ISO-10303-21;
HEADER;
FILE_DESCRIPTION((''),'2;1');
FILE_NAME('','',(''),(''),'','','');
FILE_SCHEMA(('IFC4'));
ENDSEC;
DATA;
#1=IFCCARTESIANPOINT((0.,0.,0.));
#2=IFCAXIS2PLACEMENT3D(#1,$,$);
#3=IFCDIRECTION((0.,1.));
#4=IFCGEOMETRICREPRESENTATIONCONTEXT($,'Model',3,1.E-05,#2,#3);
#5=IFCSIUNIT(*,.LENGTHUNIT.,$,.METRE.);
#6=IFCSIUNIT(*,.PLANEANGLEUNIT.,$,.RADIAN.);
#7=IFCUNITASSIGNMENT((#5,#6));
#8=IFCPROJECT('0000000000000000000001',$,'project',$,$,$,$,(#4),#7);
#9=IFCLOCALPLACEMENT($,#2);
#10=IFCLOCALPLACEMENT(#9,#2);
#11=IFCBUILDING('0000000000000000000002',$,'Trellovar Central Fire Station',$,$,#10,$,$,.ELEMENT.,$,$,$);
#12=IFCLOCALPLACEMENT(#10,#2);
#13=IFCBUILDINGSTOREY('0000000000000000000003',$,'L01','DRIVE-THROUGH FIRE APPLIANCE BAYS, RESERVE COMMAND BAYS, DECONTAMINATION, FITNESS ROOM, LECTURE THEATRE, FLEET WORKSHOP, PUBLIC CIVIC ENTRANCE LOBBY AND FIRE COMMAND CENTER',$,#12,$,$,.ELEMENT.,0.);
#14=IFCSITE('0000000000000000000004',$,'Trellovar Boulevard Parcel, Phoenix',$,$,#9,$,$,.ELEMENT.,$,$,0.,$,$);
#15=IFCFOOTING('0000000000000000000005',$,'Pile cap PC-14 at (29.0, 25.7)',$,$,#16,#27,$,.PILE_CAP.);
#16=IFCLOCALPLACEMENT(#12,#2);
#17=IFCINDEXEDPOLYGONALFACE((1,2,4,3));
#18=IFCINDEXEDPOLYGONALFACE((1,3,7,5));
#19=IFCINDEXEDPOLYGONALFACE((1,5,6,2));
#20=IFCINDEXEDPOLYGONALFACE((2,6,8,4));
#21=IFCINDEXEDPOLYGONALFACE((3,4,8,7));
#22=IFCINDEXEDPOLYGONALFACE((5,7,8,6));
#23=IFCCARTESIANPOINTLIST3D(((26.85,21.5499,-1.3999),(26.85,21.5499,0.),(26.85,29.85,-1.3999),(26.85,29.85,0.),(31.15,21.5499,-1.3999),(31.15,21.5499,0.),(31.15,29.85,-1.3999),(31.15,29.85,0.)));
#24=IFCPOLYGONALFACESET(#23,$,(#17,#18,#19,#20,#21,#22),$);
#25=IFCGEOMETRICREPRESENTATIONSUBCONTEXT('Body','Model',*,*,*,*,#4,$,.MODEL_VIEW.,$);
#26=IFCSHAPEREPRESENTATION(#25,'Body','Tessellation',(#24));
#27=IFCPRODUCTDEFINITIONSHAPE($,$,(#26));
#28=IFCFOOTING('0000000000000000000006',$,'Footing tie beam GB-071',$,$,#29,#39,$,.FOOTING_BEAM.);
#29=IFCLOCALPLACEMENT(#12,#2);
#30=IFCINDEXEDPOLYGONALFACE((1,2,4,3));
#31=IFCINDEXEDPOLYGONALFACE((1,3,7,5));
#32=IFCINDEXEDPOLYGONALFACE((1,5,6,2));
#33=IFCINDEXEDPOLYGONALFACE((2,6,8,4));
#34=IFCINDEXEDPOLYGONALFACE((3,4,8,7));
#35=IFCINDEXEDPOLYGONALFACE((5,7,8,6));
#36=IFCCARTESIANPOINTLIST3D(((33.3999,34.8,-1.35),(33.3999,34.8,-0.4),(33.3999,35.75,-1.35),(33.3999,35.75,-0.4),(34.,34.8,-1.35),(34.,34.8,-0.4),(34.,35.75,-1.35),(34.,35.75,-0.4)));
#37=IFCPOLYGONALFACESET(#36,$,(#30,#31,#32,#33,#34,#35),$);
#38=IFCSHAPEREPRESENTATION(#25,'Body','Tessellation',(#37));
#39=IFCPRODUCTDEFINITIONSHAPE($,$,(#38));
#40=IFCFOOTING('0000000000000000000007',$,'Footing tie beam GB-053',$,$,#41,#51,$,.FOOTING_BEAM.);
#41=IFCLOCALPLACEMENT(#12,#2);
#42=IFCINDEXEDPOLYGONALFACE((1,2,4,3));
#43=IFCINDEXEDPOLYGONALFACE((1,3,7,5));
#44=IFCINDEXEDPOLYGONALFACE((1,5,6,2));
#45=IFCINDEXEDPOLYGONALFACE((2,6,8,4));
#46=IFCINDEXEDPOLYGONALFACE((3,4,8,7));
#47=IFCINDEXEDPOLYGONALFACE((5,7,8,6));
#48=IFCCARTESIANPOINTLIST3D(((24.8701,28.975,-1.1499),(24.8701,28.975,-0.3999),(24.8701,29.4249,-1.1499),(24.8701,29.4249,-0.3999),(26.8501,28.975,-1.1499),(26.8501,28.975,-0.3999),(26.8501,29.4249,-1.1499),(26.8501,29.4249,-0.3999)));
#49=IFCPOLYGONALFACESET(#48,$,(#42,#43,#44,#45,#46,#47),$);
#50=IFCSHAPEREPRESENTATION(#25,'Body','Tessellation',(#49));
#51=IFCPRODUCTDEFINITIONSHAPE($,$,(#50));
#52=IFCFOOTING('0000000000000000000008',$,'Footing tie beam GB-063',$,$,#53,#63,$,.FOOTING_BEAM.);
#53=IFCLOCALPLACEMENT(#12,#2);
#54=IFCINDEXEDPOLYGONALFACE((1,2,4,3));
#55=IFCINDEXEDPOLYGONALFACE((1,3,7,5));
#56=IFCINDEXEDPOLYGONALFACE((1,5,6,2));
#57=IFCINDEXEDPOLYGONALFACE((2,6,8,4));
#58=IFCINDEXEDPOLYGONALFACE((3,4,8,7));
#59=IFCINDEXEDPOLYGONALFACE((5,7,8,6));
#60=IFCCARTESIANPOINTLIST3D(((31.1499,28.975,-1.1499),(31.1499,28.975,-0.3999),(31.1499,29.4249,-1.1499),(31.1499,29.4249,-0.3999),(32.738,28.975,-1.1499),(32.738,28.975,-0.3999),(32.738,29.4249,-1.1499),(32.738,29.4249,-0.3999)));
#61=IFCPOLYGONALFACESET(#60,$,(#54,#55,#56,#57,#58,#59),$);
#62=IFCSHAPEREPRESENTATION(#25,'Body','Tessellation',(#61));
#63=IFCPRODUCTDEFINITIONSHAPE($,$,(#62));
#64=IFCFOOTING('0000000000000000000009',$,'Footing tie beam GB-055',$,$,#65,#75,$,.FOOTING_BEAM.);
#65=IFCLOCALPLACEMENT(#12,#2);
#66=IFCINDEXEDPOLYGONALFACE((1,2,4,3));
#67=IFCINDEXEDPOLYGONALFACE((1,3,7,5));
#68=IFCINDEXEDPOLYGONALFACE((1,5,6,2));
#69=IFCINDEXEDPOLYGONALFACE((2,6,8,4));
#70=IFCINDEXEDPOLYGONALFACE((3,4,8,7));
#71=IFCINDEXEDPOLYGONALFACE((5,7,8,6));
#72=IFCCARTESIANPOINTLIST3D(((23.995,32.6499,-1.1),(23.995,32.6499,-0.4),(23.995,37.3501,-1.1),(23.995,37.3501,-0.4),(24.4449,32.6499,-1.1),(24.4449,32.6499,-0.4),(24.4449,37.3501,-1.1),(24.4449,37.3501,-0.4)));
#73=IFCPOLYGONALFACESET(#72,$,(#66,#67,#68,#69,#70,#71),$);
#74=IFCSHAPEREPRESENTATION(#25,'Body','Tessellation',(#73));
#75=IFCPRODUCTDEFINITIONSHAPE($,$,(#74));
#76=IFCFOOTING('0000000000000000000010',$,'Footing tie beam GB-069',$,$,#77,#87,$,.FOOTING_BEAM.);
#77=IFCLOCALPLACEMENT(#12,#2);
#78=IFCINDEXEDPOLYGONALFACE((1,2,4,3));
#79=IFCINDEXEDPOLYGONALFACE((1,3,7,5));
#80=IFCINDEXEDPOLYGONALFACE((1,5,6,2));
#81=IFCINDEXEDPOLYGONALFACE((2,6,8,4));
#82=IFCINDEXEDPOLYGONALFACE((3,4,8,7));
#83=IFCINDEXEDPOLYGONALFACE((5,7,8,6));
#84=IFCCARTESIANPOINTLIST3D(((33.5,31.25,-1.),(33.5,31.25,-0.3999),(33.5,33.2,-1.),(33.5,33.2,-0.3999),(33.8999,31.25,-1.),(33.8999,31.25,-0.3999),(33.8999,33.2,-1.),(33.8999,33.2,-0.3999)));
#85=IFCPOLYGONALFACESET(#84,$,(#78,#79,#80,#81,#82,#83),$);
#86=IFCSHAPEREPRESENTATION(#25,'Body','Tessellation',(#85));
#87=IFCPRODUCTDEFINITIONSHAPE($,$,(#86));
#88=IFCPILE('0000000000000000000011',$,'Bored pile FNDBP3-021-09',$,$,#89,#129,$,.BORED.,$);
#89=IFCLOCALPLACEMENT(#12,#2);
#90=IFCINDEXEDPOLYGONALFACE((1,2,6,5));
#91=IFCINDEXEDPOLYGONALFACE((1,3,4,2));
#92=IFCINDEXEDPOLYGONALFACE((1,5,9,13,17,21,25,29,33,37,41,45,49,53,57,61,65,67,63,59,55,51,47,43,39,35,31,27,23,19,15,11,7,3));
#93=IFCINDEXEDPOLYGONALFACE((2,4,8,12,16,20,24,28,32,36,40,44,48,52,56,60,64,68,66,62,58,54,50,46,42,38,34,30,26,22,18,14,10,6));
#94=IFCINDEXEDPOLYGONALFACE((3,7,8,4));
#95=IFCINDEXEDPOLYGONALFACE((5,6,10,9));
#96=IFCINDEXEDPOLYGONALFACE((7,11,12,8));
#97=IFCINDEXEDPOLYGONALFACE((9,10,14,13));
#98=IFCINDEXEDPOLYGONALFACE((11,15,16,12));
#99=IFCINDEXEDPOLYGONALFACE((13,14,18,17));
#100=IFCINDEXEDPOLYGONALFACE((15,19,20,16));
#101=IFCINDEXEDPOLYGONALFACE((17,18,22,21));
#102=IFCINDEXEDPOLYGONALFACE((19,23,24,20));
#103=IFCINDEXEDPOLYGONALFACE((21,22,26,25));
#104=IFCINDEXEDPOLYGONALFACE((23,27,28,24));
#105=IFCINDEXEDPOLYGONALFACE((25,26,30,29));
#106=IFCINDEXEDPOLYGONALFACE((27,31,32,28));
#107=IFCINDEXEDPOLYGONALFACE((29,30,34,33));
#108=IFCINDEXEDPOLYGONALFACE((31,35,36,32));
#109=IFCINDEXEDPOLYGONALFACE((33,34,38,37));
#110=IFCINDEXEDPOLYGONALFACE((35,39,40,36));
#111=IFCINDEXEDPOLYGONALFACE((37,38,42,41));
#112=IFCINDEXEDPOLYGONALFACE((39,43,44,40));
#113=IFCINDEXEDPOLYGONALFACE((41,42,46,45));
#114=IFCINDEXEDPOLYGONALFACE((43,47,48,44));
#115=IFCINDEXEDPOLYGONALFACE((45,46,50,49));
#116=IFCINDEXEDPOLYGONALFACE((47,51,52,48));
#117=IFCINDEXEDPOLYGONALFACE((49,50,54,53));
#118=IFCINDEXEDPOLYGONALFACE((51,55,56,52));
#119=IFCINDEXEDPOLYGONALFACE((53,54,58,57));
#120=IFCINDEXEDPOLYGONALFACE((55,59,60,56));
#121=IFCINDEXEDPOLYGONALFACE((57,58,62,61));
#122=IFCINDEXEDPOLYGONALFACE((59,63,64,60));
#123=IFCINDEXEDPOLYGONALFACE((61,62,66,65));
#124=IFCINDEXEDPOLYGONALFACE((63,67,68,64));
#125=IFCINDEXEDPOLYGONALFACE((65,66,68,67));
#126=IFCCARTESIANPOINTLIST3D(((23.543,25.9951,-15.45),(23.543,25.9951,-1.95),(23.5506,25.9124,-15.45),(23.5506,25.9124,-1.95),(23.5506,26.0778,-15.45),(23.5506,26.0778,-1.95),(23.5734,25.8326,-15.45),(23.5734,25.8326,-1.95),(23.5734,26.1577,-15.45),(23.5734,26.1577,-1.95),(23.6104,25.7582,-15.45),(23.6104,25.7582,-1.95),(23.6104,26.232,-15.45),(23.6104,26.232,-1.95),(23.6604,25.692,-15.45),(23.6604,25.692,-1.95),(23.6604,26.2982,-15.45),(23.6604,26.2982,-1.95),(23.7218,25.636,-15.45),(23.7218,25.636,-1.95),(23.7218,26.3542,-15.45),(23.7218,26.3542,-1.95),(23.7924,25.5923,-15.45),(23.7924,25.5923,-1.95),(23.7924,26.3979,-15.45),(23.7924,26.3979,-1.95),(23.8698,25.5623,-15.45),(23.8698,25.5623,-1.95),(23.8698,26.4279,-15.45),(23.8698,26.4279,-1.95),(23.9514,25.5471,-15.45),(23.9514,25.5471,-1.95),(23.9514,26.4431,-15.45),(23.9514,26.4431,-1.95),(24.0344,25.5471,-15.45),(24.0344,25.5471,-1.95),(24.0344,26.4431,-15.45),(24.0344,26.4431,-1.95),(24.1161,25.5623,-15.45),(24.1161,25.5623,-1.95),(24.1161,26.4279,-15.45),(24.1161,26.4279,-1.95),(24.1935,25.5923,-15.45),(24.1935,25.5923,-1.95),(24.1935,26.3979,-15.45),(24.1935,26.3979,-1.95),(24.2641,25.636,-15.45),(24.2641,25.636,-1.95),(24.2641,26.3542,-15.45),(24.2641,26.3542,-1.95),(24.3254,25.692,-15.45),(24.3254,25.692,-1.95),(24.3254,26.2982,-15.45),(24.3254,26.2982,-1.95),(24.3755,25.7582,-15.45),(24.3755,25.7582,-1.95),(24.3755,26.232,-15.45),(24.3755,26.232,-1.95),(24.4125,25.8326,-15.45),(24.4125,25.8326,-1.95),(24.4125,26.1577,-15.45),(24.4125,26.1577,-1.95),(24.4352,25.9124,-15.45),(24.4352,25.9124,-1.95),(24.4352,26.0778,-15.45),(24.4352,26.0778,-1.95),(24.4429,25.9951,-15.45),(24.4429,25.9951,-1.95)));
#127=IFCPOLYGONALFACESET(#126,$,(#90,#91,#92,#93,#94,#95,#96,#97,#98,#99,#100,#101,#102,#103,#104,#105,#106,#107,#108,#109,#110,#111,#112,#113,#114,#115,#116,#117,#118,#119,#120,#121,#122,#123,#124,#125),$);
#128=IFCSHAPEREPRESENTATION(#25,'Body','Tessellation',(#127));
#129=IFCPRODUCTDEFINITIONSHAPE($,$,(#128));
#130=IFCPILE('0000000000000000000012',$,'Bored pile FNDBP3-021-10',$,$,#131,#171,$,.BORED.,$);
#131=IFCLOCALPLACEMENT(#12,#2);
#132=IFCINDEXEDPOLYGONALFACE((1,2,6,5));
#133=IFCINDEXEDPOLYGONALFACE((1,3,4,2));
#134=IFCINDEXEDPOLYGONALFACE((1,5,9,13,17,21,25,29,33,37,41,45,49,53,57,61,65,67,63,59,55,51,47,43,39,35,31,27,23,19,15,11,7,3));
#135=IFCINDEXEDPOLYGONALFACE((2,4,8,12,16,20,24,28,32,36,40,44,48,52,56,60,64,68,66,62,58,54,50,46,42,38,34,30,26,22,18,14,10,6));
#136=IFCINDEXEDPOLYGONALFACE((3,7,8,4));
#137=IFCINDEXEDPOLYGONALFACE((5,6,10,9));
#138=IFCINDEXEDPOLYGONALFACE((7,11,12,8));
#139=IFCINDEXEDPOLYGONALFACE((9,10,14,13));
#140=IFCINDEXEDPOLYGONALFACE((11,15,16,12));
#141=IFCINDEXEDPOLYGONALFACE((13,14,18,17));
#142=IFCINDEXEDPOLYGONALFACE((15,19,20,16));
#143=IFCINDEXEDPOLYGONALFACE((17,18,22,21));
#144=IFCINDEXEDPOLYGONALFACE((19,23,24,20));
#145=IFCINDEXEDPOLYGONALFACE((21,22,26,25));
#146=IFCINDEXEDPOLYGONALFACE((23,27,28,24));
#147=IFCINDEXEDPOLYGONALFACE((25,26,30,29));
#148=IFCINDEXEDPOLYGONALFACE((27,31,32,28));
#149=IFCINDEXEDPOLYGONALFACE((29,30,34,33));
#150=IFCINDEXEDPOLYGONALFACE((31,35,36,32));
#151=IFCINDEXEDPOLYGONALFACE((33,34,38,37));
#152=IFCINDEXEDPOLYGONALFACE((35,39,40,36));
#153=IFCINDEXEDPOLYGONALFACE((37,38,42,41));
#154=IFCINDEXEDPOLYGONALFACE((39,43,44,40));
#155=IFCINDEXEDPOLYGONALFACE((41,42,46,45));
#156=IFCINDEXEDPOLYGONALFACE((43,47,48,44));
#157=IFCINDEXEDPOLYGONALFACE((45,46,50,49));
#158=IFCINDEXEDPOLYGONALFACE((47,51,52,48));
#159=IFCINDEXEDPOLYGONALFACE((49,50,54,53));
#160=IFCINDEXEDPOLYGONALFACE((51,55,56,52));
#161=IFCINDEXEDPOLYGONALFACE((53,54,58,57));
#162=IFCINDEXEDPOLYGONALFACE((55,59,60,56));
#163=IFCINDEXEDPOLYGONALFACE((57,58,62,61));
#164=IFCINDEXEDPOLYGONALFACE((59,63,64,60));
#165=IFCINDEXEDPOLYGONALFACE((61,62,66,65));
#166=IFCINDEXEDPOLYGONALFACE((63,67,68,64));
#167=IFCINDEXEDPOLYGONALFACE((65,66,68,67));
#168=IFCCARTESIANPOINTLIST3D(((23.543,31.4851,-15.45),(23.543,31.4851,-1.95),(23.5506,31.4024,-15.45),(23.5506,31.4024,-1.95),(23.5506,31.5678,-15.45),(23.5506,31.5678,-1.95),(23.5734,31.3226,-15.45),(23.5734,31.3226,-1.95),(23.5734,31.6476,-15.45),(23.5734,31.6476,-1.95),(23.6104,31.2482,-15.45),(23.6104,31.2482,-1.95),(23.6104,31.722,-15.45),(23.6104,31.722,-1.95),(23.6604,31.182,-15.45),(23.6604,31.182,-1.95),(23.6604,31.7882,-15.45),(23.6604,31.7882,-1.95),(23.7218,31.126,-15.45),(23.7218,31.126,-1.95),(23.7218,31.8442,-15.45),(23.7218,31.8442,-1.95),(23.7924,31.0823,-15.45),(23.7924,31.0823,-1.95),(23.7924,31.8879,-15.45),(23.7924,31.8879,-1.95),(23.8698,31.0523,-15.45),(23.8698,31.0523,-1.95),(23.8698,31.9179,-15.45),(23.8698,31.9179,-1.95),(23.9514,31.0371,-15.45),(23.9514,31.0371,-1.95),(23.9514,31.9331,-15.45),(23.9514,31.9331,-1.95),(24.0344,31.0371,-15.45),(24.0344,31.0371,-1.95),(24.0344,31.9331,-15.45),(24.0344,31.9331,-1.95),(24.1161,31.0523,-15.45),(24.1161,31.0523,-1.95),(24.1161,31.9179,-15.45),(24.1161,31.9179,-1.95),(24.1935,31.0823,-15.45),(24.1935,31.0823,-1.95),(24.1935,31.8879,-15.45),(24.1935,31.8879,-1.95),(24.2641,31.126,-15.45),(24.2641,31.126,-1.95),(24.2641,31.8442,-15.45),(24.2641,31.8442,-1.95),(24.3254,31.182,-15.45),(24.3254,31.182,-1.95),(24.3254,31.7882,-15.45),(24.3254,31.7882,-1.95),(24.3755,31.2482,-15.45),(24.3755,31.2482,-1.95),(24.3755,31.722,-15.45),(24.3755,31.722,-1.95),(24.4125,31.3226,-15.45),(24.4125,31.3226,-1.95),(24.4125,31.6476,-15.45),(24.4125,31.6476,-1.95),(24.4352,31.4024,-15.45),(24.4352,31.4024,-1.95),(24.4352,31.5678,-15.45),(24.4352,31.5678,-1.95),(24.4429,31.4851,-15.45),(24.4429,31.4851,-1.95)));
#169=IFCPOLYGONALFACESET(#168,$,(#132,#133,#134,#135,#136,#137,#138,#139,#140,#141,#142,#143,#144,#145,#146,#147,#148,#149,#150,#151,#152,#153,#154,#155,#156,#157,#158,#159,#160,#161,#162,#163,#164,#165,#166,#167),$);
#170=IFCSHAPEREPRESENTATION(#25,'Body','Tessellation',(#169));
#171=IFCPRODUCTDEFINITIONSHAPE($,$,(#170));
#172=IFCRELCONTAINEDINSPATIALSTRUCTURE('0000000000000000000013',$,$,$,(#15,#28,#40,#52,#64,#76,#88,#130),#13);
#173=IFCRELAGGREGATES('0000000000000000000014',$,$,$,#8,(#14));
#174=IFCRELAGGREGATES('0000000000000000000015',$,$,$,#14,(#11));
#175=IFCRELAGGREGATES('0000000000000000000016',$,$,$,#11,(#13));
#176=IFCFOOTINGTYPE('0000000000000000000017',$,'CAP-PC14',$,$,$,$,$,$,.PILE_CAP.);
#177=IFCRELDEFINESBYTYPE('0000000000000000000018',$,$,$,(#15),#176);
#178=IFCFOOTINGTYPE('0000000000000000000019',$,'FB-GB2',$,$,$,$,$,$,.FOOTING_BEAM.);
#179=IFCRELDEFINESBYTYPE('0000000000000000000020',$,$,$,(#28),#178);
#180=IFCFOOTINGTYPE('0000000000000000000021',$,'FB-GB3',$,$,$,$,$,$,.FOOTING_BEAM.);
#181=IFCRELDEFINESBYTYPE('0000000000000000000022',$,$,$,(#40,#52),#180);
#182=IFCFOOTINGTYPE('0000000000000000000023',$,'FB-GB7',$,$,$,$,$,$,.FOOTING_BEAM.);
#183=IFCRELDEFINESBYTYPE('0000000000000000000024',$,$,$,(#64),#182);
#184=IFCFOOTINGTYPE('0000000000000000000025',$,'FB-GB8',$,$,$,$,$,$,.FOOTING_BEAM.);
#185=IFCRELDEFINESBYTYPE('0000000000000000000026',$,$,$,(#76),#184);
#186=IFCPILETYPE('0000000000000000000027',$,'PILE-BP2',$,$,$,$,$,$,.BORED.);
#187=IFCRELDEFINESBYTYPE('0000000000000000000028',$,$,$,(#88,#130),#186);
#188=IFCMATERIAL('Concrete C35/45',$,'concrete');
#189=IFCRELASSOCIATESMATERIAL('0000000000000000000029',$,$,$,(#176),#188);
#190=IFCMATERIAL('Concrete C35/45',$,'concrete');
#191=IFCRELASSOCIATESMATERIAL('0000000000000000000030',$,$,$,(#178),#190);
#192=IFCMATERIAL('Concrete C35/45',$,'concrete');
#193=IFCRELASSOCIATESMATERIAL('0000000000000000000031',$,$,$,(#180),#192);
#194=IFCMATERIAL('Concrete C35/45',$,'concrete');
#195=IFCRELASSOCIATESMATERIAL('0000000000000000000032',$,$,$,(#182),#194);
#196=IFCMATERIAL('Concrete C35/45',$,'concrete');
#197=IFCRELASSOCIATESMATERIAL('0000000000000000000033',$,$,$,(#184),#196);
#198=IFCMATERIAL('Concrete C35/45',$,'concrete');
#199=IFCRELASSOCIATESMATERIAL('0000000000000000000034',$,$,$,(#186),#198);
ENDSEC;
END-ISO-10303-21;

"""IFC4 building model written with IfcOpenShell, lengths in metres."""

from ifc_helpers import new_model, si_unit, direction, frame, origin, origin_2d, place, context, subcontext, project, spatial, rectangle, circle, extrude, material, material_profile, profile_set, type_object, element, save


model = new_model("IFC4")

# Units and contexts
model_context = context("Model", 3, precision=1e-05, world=origin(), true_north=direction((0.0, 1.0)))
body_context = subcontext(model_context, "Body", "Model", "MODEL_VIEW")
ifc_project = project(units=[si_unit("LENGTHUNIT", "METRE"), si_unit("PLANEANGLEUNIT", "RADIAN")], contexts=[model_context])

# Site, building, storey
site_placement = place(None, origin())
site = spatial("IfcSite", under=ifc_project, at=site_placement, Name="Trellovar Boulevard Parcel, Phoenix", CompositionType="ELEMENT", RefElevation=0.0)
building_placement = place(site_placement, origin())
building = spatial("IfcBuilding", under=site, at=building_placement, Name="Trellovar Central Fire Station", CompositionType="ELEMENT")
storey_placement = place(building_placement, origin())
storey = spatial("IfcBuildingStorey", under=building, at=storey_placement, Name="L01", Description="DRIVE-THROUGH FIRE APPLIANCE BAYS, RESERVE COMMAND BAYS, DECONTAMINATION, FITNESS ROOM, LECTURE THEATRE, FLEET WORKSHOP, PUBLIC CIVIC ENTRANCE LOBBY AND FIRE COMMAND CENTER", CompositionType="ELEMENT", Elevation=0.0)

# Footings
ifc_material_1 = material(Name="Concrete C35/45", Category="concrete")
footing_type_1 = type_object("IfcFootingType", Name="CAP-PC14", PredefinedType="PILE_CAP", material=ifc_material_1)
footing_1_placement = place(storey_placement, frame((29.0, 25.7, -1.3999), z_axis=(0.0, 0.0, 1.0), x_axis=(1.0, 0.0, 0.0)))
element("IfcFooting", 1, at=footing_1_placement, inside=storey, type_object=footing_type_1, Name="Pile cap PC-14 at (29.0, 25.7)", PredefinedType="PILE_CAP", context=body_context, shape_type="SweptSolid", body=[
    extrude(rectangle(XDim=4.3, YDim=8.3, at=origin_2d()), origin(), (0.0, 0.0, 1.0), 1.3999),
])
ifc_material_2 = material(Name="Concrete C35/45", Category="concrete")
ifc_material_profile_1 = material_profile(ifc_material_2, rectangle(XDim=0.6001, YDim=0.95, at=origin_2d()), Name="RC600X950")
ifc_profile_set_1 = profile_set([ifc_material_profile_1], Name="Concrete C35/45")
footing_type_2 = type_object("IfcFootingType", Name="FB-GB2", PredefinedType="FOOTING_BEAM", material=ifc_profile_set_1)
footing_2_placement = place(storey_placement, frame((33.7, 34.8, -0.875), z_axis=(0.0, 1.0, 0.0), x_axis=(-1.0, 0.0, 0.0)))
element("IfcFooting", 2, at=footing_2_placement, inside=storey, type_object=footing_type_2, Name="Footing tie beam GB-071", PredefinedType="FOOTING_BEAM", context=body_context, shape_type="SweptSolid", body=[
    extrude(rectangle(XDim=0.6001, YDim=0.95, at=origin_2d()), origin(), (0.0, 0.0, 1.0), 0.95),
])
ifc_material_3 = material(Name="Concrete C35/45", Category="concrete")
ifc_material_profile_2 = material_profile(ifc_material_3, rectangle(XDim=0.45, YDim=0.75, at=origin_2d()), Name="RC450X750")
ifc_profile_set_2 = profile_set([ifc_material_profile_2], Name="Concrete C35/45")
footing_type_3 = type_object("IfcFootingType", Name="FB-GB3", PredefinedType="FOOTING_BEAM", material=ifc_profile_set_2)
footing_3_placement = place(storey_placement, frame((24.8701, 29.2, -0.7749), z_axis=(1.0, 0.0, 0.0), x_axis=(0.0, 1.0, 0.0)))
element("IfcFooting", 3, at=footing_3_placement, inside=storey, type_object=footing_type_3, Name="Footing tie beam GB-053", PredefinedType="FOOTING_BEAM", context=body_context, shape_type="SweptSolid", body=[
    extrude(rectangle(XDim=0.45, YDim=0.75, at=origin_2d()), origin(), (0.0, 0.0, 1.0), 1.98),
])
footing_4_placement = place(storey_placement, frame((31.1499, 29.2, -0.7749), z_axis=(1.0, 0.0, 0.0), x_axis=(0.0, 1.0, 0.0)))
element("IfcFooting", 4, at=footing_4_placement, inside=storey, type_object=footing_type_3, Name="Footing tie beam GB-063", PredefinedType="FOOTING_BEAM", context=body_context, shape_type="SweptSolid", body=[
    extrude(rectangle(XDim=0.45, YDim=0.75, at=origin_2d()), origin(), (0.0, 0.0, 1.0), 1.5881),
])
ifc_material_4 = material(Name="Concrete C35/45", Category="concrete")
ifc_material_profile_3 = material_profile(ifc_material_4, rectangle(XDim=0.45, YDim=0.7, at=origin_2d()), Name="RC450X700")
ifc_profile_set_3 = profile_set([ifc_material_profile_3], Name="Concrete C35/45")
footing_type_4 = type_object("IfcFootingType", Name="FB-GB7", PredefinedType="FOOTING_BEAM", material=ifc_profile_set_3)
footing_5_placement = place(storey_placement, frame((24.22, 32.6499, -0.75), z_axis=(0.0, 1.0, 0.0), x_axis=(-1.0, 0.0, 0.0)))
element("IfcFooting", 5, at=footing_5_placement, inside=storey, type_object=footing_type_4, Name="Footing tie beam GB-055", PredefinedType="FOOTING_BEAM", context=body_context, shape_type="SweptSolid", body=[
    extrude(rectangle(XDim=0.45, YDim=0.7, at=origin_2d()), origin(), (0.0, 0.0, 1.0), 4.7002),
])
ifc_material_5 = material(Name="Concrete C35/45", Category="concrete")
ifc_material_profile_4 = material_profile(ifc_material_5, rectangle(XDim=0.3999, YDim=0.6001, at=origin_2d()), Name="RC400X600")
ifc_profile_set_4 = profile_set([ifc_material_profile_4], Name="Concrete C35/45")
footing_type_5 = type_object("IfcFootingType", Name="FB-GB8", PredefinedType="FOOTING_BEAM", material=ifc_profile_set_4)
footing_6_placement = place(storey_placement, frame((33.7, 31.25, -0.7), z_axis=(0.0, 1.0, 0.0), x_axis=(-1.0, 0.0, 0.0)))
element("IfcFooting", 6, at=footing_6_placement, inside=storey, type_object=footing_type_5, Name="Footing tie beam GB-069", PredefinedType="FOOTING_BEAM", context=body_context, shape_type="SweptSolid", body=[
    extrude(rectangle(XDim=0.3999, YDim=0.6001, at=origin_2d()), origin(), (0.0, 0.0, 1.0), 1.95),
])

# Piles
ifc_material_6 = material(Name="Concrete C35/45", Category="concrete")
ifc_material_profile_5 = material_profile(ifc_material_6, circle(Radius=0.45, at=origin_2d()), Name="PILE900")
ifc_profile_set_5 = profile_set([ifc_material_profile_5], Name="Concrete C35/45")
pile_type = type_object("IfcPileType", Name="PILE-BP2", PredefinedType="BORED", material=ifc_profile_set_5)
for number, where, z_axis, x_axis, name in (
    (7, (23.9929, 25.9951, -1.95), (0.0, 0.0, -1.0), (1.0, 0.0, 0.0), "Bored pile FNDBP3-021-09"),
    (8, (23.9929, 31.4851, -1.95), (0.0, 0.0, -1.0), (1.0, 0.0, 0.0), "Bored pile FNDBP3-021-10"),
):
    element("IfcPile", number, at=place(storey_placement, frame(where, z_axis=z_axis, x_axis=x_axis)), inside=storey, type_object=pile_type, Name=name, PredefinedType="BORED", context=body_context, shape_type="SweptSolid", body=[
        extrude(circle(Radius=0.45, at=origin_2d()), origin(), (0.0, 0.0, 1.0), 13.5),
    ])

save(model, "model.ifc")
